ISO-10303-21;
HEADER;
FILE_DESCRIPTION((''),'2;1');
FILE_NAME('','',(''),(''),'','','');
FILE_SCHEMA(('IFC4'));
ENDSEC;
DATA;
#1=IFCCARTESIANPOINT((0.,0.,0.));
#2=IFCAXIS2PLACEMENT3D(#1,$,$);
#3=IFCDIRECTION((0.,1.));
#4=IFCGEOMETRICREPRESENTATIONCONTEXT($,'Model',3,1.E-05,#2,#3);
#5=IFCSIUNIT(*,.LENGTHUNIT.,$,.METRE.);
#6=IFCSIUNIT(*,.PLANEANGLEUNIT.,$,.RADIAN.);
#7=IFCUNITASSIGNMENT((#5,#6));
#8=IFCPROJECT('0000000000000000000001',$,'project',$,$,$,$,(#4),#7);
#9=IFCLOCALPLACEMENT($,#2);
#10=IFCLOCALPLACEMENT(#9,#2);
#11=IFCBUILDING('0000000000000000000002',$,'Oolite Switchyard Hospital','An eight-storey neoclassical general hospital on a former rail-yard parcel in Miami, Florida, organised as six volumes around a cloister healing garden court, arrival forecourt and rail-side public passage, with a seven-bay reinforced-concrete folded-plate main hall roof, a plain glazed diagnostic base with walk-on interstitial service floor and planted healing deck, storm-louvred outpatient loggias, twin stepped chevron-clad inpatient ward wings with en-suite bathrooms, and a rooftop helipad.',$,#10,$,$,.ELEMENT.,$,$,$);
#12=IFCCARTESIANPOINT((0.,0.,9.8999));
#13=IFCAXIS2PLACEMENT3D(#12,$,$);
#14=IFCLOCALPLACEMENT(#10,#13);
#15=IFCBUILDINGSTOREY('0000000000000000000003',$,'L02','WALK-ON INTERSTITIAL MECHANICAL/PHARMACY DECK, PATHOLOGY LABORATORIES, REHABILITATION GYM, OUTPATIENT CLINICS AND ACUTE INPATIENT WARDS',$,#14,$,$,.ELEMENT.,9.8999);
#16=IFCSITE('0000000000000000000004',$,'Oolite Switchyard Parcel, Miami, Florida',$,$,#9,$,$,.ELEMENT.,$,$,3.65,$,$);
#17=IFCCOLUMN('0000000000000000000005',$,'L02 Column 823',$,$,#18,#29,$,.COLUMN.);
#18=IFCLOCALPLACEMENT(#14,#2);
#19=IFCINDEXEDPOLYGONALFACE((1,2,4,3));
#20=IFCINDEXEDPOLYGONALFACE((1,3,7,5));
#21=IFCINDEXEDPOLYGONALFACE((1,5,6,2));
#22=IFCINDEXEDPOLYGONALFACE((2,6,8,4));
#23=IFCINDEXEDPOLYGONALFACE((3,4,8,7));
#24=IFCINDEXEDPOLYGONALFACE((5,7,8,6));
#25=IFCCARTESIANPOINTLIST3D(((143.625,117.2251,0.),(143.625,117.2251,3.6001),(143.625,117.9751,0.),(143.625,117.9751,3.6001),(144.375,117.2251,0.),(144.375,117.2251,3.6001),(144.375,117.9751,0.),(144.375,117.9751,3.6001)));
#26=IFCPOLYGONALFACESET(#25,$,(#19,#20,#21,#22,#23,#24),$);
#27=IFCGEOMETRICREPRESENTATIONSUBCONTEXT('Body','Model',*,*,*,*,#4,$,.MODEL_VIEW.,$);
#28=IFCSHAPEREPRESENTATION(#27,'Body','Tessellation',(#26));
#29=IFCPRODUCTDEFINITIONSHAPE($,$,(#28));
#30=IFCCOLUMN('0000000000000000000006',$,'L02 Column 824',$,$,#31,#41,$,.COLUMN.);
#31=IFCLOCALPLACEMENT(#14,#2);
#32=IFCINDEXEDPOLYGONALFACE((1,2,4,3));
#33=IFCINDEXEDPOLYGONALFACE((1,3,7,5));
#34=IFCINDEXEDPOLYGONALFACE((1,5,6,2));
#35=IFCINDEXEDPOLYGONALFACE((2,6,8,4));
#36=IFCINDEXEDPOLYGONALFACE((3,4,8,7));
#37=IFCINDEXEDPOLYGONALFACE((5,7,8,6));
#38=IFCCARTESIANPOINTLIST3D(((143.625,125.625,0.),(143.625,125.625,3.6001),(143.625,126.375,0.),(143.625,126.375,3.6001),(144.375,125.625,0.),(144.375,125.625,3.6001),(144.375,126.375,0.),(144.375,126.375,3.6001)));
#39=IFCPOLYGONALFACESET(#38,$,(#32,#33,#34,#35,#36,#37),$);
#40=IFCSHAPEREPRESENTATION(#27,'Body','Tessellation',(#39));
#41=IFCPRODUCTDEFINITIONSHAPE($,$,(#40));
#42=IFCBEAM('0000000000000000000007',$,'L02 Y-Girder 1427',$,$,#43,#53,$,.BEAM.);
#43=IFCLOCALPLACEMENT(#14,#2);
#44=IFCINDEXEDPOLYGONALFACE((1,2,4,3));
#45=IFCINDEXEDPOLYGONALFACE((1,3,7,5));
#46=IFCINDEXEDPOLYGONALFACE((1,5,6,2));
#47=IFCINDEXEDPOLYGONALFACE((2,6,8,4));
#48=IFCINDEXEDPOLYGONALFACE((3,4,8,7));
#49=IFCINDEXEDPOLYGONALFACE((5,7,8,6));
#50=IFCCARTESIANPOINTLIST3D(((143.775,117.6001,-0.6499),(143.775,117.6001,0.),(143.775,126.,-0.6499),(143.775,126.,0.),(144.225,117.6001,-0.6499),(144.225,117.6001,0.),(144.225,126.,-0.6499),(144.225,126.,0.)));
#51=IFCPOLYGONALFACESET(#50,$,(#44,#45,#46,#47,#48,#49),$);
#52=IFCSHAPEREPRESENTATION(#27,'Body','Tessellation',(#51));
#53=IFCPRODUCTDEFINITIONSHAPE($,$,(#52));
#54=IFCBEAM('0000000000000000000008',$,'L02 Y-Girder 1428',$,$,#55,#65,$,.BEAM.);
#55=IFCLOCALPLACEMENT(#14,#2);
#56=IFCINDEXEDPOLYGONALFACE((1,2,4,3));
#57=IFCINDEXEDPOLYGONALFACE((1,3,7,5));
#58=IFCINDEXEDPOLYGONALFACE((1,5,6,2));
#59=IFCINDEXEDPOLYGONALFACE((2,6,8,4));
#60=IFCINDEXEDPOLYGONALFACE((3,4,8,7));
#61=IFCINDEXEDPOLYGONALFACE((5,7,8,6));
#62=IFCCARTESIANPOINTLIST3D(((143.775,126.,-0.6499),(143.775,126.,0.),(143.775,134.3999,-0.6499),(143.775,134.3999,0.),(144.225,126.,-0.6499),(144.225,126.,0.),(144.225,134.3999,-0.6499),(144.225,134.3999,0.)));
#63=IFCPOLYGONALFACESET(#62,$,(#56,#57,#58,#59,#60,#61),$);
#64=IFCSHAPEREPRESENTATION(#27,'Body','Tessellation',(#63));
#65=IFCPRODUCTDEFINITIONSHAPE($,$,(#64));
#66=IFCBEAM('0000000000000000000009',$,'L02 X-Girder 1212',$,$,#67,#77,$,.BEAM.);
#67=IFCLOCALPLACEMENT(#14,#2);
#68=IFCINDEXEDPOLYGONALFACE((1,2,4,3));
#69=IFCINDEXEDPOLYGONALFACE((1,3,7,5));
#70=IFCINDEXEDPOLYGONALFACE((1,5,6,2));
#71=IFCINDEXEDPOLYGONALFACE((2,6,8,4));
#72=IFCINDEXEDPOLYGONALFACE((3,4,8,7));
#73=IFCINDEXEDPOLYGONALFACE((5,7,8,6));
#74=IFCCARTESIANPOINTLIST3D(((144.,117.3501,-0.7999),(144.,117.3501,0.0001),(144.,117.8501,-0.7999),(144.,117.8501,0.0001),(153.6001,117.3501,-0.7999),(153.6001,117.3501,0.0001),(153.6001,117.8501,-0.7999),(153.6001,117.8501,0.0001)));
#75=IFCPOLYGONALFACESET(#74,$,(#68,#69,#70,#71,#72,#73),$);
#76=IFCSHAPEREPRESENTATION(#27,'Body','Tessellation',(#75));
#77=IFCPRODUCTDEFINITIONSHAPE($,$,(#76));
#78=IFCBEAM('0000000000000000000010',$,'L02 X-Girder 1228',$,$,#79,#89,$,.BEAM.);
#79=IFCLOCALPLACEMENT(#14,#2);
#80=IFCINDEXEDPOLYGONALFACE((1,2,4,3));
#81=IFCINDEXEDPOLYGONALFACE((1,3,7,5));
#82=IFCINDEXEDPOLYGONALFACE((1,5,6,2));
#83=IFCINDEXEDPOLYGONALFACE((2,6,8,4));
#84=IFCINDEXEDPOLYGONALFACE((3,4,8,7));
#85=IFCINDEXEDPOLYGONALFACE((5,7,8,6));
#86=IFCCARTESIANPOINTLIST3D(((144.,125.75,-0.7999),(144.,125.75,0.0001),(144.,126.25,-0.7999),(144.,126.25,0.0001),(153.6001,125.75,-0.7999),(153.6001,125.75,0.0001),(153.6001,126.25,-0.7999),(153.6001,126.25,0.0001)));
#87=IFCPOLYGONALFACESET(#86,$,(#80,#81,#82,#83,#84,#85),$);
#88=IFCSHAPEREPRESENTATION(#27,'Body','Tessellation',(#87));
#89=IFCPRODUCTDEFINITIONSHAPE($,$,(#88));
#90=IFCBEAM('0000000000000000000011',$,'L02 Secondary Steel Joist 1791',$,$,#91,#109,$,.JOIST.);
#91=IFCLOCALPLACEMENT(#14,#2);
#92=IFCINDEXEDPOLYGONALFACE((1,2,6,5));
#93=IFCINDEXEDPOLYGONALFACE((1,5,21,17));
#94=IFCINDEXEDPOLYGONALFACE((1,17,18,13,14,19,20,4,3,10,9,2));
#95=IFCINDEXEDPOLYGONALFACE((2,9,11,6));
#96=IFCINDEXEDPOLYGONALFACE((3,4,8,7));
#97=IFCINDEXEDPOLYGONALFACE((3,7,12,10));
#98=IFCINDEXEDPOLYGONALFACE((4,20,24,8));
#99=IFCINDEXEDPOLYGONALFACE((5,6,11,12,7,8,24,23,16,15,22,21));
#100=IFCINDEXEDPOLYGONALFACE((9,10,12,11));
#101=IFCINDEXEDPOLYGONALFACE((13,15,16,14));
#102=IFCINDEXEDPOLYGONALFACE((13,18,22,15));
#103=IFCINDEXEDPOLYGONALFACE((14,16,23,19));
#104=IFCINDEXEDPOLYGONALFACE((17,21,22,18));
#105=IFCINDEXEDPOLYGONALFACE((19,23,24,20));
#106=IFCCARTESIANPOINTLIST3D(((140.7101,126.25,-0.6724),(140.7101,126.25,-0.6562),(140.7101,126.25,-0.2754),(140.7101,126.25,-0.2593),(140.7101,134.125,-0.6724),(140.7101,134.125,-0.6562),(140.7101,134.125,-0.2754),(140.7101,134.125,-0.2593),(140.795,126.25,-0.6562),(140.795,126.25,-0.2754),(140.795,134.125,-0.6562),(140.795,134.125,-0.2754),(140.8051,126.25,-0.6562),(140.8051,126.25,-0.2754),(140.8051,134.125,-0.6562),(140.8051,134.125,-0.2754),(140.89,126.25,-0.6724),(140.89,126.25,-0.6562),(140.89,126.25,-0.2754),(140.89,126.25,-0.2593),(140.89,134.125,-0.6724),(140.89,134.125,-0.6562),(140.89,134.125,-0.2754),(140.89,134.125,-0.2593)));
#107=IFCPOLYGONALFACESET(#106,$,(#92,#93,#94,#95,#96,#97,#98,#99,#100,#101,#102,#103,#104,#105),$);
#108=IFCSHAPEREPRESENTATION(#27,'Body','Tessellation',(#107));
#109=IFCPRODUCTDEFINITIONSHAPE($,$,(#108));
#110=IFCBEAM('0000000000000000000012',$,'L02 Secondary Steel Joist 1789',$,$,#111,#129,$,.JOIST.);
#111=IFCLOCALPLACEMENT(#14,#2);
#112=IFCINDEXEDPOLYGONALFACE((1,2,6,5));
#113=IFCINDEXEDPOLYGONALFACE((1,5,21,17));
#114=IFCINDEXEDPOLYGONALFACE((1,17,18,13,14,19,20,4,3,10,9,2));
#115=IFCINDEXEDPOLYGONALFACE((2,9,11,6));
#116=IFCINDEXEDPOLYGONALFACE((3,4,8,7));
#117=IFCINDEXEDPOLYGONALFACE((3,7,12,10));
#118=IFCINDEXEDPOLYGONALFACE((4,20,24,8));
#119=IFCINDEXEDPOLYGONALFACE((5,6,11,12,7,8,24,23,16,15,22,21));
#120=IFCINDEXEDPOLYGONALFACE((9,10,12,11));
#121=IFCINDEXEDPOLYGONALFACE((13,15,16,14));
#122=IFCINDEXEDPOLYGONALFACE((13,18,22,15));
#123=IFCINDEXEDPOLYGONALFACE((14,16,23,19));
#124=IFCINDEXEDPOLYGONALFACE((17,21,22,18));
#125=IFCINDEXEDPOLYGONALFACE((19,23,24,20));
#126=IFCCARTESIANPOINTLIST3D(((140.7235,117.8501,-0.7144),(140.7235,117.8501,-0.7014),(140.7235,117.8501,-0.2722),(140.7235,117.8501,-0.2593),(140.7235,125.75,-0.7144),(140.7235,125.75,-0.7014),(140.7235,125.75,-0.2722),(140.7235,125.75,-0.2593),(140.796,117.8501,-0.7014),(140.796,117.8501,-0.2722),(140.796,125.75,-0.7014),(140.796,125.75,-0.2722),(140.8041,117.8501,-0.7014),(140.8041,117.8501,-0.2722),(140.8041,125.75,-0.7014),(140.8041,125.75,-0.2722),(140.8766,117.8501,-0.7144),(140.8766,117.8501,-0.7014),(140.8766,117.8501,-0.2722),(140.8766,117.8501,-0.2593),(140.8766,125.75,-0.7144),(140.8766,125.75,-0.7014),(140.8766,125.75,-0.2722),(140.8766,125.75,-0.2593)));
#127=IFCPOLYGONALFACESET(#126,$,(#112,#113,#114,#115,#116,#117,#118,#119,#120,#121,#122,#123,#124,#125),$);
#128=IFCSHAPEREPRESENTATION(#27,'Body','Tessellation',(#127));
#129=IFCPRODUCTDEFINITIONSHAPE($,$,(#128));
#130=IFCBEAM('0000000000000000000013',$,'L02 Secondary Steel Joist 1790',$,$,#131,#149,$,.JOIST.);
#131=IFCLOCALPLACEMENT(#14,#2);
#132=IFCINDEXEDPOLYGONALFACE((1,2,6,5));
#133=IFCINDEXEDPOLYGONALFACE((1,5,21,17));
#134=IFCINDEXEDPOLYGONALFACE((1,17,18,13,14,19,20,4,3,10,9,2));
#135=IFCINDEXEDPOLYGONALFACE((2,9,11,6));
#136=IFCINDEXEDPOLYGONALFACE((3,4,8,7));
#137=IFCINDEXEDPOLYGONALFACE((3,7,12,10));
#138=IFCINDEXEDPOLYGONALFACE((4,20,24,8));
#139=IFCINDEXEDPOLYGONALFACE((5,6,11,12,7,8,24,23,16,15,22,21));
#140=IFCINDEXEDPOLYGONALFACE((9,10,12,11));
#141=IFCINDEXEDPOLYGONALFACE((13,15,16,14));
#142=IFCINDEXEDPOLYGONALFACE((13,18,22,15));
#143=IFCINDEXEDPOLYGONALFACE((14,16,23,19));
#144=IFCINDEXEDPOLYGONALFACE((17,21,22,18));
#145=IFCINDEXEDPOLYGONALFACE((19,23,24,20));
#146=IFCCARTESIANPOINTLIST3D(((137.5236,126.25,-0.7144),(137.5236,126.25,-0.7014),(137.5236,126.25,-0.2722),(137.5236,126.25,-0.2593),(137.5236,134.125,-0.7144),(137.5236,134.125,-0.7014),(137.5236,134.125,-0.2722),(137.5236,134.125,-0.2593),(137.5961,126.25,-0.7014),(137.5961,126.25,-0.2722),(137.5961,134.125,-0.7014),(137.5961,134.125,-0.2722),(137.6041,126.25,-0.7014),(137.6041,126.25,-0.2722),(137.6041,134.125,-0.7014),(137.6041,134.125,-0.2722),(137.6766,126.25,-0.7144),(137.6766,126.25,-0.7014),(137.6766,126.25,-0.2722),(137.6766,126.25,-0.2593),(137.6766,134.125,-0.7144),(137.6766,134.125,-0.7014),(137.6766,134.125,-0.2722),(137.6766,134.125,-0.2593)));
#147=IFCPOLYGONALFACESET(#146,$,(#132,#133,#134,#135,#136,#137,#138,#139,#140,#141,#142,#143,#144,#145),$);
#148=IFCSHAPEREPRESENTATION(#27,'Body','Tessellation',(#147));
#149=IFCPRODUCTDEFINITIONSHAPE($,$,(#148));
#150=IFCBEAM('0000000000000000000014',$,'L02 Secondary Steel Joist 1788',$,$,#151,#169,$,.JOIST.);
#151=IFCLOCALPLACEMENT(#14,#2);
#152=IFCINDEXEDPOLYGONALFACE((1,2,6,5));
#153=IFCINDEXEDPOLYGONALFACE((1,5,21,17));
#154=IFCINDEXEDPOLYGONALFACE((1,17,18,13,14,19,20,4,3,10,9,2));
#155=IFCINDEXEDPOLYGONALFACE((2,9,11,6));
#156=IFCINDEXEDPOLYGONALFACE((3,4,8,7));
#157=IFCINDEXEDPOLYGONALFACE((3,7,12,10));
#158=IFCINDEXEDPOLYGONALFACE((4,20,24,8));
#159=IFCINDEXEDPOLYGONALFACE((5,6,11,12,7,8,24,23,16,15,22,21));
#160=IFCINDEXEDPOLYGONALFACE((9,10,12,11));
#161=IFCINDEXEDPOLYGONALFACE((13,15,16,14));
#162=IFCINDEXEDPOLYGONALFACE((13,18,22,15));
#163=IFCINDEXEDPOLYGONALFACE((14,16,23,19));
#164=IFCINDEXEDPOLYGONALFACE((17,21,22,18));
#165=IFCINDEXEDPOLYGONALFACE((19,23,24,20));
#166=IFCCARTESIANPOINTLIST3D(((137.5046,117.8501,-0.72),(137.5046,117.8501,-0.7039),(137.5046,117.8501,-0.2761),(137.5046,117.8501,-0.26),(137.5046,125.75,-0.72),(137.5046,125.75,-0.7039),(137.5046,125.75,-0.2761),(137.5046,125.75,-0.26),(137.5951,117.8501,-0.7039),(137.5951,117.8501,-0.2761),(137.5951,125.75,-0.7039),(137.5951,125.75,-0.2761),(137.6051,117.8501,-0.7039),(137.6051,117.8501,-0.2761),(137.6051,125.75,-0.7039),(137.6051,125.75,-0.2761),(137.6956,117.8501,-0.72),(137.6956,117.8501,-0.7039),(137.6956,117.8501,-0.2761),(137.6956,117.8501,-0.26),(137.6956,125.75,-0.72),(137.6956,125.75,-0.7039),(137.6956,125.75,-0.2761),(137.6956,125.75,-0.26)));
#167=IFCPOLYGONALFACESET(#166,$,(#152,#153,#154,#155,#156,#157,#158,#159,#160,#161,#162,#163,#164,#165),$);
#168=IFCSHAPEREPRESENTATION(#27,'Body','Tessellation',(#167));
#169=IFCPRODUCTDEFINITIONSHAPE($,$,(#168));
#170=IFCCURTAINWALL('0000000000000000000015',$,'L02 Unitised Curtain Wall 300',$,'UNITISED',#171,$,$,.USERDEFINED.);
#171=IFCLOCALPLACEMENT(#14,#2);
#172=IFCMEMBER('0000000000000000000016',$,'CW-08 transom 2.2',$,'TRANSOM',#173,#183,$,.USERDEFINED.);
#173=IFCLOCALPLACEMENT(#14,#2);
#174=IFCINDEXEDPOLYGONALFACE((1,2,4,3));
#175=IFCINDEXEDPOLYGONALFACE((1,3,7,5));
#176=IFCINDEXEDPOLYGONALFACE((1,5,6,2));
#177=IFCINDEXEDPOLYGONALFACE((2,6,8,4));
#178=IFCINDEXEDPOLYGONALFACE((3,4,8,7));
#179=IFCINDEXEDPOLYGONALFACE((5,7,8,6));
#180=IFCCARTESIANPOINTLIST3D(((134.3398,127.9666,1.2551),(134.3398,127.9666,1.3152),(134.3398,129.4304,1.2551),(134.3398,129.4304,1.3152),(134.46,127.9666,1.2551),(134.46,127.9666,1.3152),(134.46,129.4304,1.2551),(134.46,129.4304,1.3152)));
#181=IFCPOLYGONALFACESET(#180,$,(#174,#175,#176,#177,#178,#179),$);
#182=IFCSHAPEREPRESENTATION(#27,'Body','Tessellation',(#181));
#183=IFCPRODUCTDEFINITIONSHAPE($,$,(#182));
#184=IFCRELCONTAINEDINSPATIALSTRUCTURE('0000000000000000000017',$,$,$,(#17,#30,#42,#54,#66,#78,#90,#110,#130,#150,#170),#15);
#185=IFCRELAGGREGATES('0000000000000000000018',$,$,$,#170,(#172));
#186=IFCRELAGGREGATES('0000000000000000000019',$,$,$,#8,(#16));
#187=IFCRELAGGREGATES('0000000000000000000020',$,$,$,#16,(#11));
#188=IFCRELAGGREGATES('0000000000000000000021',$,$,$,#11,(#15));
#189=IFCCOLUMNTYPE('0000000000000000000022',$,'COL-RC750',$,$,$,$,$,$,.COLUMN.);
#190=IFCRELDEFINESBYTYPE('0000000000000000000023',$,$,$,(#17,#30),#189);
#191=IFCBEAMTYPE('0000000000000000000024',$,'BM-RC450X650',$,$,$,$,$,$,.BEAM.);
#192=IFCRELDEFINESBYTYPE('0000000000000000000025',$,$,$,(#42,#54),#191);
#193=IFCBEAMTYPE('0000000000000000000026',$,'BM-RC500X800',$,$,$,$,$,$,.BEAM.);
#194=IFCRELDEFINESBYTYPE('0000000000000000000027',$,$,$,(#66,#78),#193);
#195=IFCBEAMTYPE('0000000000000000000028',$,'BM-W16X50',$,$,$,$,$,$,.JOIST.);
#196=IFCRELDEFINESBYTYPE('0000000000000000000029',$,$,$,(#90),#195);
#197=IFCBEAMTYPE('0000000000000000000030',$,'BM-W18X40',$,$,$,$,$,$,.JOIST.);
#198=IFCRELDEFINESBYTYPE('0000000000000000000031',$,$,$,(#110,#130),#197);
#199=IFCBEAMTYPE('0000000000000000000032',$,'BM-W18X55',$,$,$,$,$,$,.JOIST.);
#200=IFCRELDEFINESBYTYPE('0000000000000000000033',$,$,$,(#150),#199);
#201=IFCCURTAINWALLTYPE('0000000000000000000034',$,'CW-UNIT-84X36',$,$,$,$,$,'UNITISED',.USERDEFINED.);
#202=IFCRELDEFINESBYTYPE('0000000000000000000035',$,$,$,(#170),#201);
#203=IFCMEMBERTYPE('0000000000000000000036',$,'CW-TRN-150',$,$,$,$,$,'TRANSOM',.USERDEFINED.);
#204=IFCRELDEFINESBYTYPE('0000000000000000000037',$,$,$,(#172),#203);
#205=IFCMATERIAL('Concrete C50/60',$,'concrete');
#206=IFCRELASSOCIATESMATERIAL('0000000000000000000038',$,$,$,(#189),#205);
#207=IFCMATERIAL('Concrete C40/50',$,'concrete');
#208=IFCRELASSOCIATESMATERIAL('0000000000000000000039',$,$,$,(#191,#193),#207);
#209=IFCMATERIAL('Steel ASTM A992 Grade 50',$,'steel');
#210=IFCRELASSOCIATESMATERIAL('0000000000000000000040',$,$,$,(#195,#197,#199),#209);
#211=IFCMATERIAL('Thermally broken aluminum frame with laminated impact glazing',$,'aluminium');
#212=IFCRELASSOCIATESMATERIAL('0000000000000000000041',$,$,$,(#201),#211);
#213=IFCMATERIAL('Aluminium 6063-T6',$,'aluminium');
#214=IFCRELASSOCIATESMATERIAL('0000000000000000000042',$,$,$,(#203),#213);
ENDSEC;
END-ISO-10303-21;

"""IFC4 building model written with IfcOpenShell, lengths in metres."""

from ifc_helpers import new_model, si_unit, direction, frame, origin, origin_2d, place, context, subcontext, project, spatial, rectangle, i_section, extrude, material, material_profile, profile_set, type_object, element, aggregate, save


model = new_model("IFC4")

# Units and contexts
model_context = context("Model", 3, precision=1e-05, world=origin(), true_north=direction((0.0, 1.0)))
body_context = subcontext(model_context, "Body", "Model", "MODEL_VIEW")
ifc_project = project(units=[si_unit("LENGTHUNIT", "METRE"), si_unit("PLANEANGLEUNIT", "RADIAN")], contexts=[model_context])

# Site, building, storey
site_placement = place(None, origin())
site = spatial("IfcSite", under=ifc_project, at=site_placement, Name="Oolite Switchyard Parcel, Miami, Florida", CompositionType="ELEMENT", RefElevation=3.65)
building_placement = place(site_placement, origin())
building = spatial("IfcBuilding", under=site, at=building_placement, Name="Oolite Switchyard Hospital", Description="An eight-storey neoclassical general hospital on a former rail-yard parcel in Miami, Florida, organised as six volumes around a cloister healing garden court, arrival forecourt and rail-side public passage, with a seven-bay reinforced-concrete folded-plate main hall roof, a plain glazed diagnostic base with walk-on interstitial service floor and planted healing deck, storm-louvred outpatient loggias, twin stepped chevron-clad inpatient ward wings with en-suite bathrooms, and a rooftop helipad.", CompositionType="ELEMENT")
storey_placement = place(building_placement, frame((0.0, 0.0, 9.8999)))
storey = spatial("IfcBuildingStorey", under=building, at=storey_placement, Name="L02", Description="WALK-ON INTERSTITIAL MECHANICAL/PHARMACY DECK, PATHOLOGY LABORATORIES, REHABILITATION GYM, OUTPATIENT CLINICS AND ACUTE INPATIENT WARDS", CompositionType="ELEMENT", Elevation=9.8999)

# Columns
ifc_material_1 = material(Name="Concrete C50/60", Category="concrete")
ifc_material_profile_1 = material_profile(ifc_material_1, rectangle(XDim=0.75, YDim=0.75, at=origin_2d()), Name="RC750X750")
ifc_profile_set_1 = profile_set([ifc_material_profile_1], Name="Concrete C50/60")
column_type = type_object("IfcColumnType", Name="COL-RC750", PredefinedType="COLUMN", material=ifc_profile_set_1)
for number, where, z_axis, x_axis, name in (
    (1, (144.0, 117.6001, 0.0), (0.0, 0.0, 1.0), (1.0, 0.0, 0.0), "L02 Column 823"),
    (2, (144.0, 126.0, 0.0), (0.0, 0.0, 1.0), (1.0, 0.0, 0.0), "L02 Column 824"),
):
    element("IfcColumn", number, at=place(storey_placement, frame(where, z_axis=z_axis, x_axis=x_axis)), inside=storey, type_object=column_type, Name=name, PredefinedType="COLUMN", context=body_context, shape_type="SweptSolid", body=[
        extrude(rectangle(XDim=0.75, YDim=0.75, at=origin_2d()), origin(), (0.0, 0.0, 1.0), 3.6001),
    ])

# Beams
ifc_material_2 = material(Name="Concrete C40/50", Category="concrete")
ifc_material_profile_2 = material_profile(ifc_material_2, rectangle(XDim=0.45, YDim=0.6499, at=origin_2d()), Name="RCB450X650")
ifc_profile_set_2 = profile_set([ifc_material_profile_2], Name="Concrete C40/50")
beam_type_1 = type_object("IfcBeamType", Name="BM-RC450X650", PredefinedType="BEAM", material=ifc_profile_set_2)
for number, where, z_axis, x_axis, name in (
    (3, (144.0, 117.6001, -0.325), (0.0, 1.0, 0.0), (-1.0, 0.0, 0.0), "L02 Y-Girder 1427"),
    (4, (144.0, 126.0, -0.325), (0.0, 1.0, 0.0), (-1.0, 0.0, 0.0), "L02 Y-Girder 1428"),
):
    element("IfcBeam", number, at=place(storey_placement, frame(where, z_axis=z_axis, x_axis=x_axis)), inside=storey, type_object=beam_type_1, Name=name, PredefinedType="BEAM", context=body_context, shape_type="SweptSolid", body=[
        extrude(rectangle(XDim=0.45, YDim=0.6499, at=origin_2d()), origin(), (0.0, 0.0, 1.0), 8.3999),
    ])
ifc_material_profile_3 = material_profile(ifc_material_2, rectangle(XDim=0.5, YDim=0.8, at=origin_2d()), Name="RCB500X800")
ifc_profile_set_3 = profile_set([ifc_material_profile_3], Name="Concrete C40/50")
beam_type_2 = type_object("IfcBeamType", Name="BM-RC500X800", PredefinedType="BEAM", material=ifc_profile_set_3)
for number, where, z_axis, x_axis, name in (
    (5, (144.0, 117.6001, -0.3999), (1.0, 0.0, 0.0), (0.0, 1.0, 0.0), "L02 X-Girder 1212"),
    (6, (144.0, 126.0, -0.3999), (1.0, 0.0, 0.0), (0.0, 1.0, 0.0), "L02 X-Girder 1228"),
):
    element("IfcBeam", number, at=place(storey_placement, frame(where, z_axis=z_axis, x_axis=x_axis)), inside=storey, type_object=beam_type_2, Name=name, PredefinedType="BEAM", context=body_context, shape_type="SweptSolid", body=[
        extrude(rectangle(XDim=0.5, YDim=0.8, at=origin_2d()), origin(), (0.0, 0.0, 1.0), 9.6001),
    ])
ifc_material_3 = material(Name="Steel ASTM A992 Grade 50", Category="steel")
ifc_material_profile_4 = material_profile(ifc_material_3, i_section(OverallWidth=0.1799, OverallDepth=0.4131, WebThickness=0.01, FlangeThickness=0.0161, at=origin_2d()), Name="W16X50")
ifc_profile_set_4 = profile_set([ifc_material_profile_4], Name="Steel ASTM A992 Grade 50")
beam_type_3 = type_object("IfcBeamType", Name="BM-W16X50", PredefinedType="JOIST", material=ifc_profile_set_4)
beam_1_placement = place(storey_placement, frame((140.8, 126.25, -0.4658), z_axis=(0.0, 1.0, 0.0), x_axis=(-1.0, 0.0, 0.0)))
element("IfcBeam", 7, at=beam_1_placement, inside=storey, type_object=beam_type_3, Name="L02 Secondary Steel Joist 1791", PredefinedType="JOIST", context=body_context, shape_type="SweptSolid", body=[
    extrude(i_section(OverallWidth=0.1799, OverallDepth=0.4131, WebThickness=0.01, FlangeThickness=0.0161, at=origin_2d()), origin(), (0.0, 0.0, 1.0), 7.875),
])
ifc_material_profile_5 = material_profile(ifc_material_3, i_section(OverallWidth=0.1531, OverallDepth=0.4551, WebThickness=0.0081, FlangeThickness=0.0129, at=origin_2d()), Name="W18X40")
ifc_profile_set_5 = profile_set([ifc_material_profile_5], Name="Steel ASTM A992 Grade 50")
beam_type_4 = type_object("IfcBeamType", Name="BM-W18X40", PredefinedType="JOIST", material=ifc_profile_set_5)
beam_2_placement = place(storey_placement, frame((140.8, 117.8501, -0.4868), z_axis=(0.0, 1.0, 0.0), x_axis=(-1.0, 0.0, 0.0)))
element("IfcBeam", 8, at=beam_2_placement, inside=storey, type_object=beam_type_4, Name="L02 Secondary Steel Joist 1789", PredefinedType="JOIST", context=body_context, shape_type="SweptSolid", body=[
    extrude(i_section(OverallWidth=0.1531, OverallDepth=0.4551, WebThickness=0.0081, FlangeThickness=0.0129, at=origin_2d()), origin(), (0.0, 0.0, 1.0), 7.8999),
])
beam_3_placement = place(storey_placement, frame((137.6001, 126.25, -0.4868), z_axis=(0.0, 1.0, 0.0), x_axis=(-1.0, 0.0, 0.0)))
element("IfcBeam", 9, at=beam_3_placement, inside=storey, type_object=beam_type_4, Name="L02 Secondary Steel Joist 1790", PredefinedType="JOIST", context=body_context, shape_type="SweptSolid", body=[
    extrude(i_section(OverallWidth=0.1531, OverallDepth=0.4551, WebThickness=0.0081, FlangeThickness=0.0129, at=origin_2d()), origin(), (0.0, 0.0, 1.0), 7.875),
])
ifc_material_profile_6 = material_profile(ifc_material_3, i_section(OverallWidth=0.1909, OverallDepth=0.46, WebThickness=0.01, FlangeThickness=0.0161, at=origin_2d()), Name="W18X55")
ifc_profile_set_6 = profile_set([ifc_material_profile_6], Name="Steel ASTM A992 Grade 50")
beam_type_5 = type_object("IfcBeamType", Name="BM-W18X55", PredefinedType="JOIST", material=ifc_profile_set_6)
beam_4_placement = place(storey_placement, frame((137.6001, 117.8501, -0.49), z_axis=(0.0, 1.0, 0.0), x_axis=(-1.0, 0.0, 0.0)))
element("IfcBeam", 10, at=beam_4_placement, inside=storey, type_object=beam_type_5, Name="L02 Secondary Steel Joist 1788", PredefinedType="JOIST", context=body_context, shape_type="SweptSolid", body=[
    extrude(i_section(OverallWidth=0.1909, OverallDepth=0.46, WebThickness=0.01, FlangeThickness=0.0161, at=origin_2d()), origin(), (0.0, 0.0, 1.0), 7.8999),
])

# Curtain wall, member
ifc_material_4 = material(Name="Thermally broken aluminum frame with laminated impact glazing", Category="aluminium")
curtain_wall_type = type_object("IfcCurtainWallType", Name="CW-UNIT-84X36", ElementType="UNITISED", PredefinedType="USERDEFINED", material=ifc_material_4)
curtain_wall_placement = place(storey_placement, origin())
curtain_wall = element("IfcCurtainWall", 11, at=curtain_wall_placement, inside=storey, type_object=curtain_wall_type, Name="L02 Unitised Curtain Wall 300", ObjectType="UNITISED", PredefinedType="USERDEFINED")
ifc_material_5 = material(Name="Aluminium 6063-T6", Category="aluminium")
ifc_material_profile_7 = material_profile(ifc_material_5, rectangle(XDim=0.1201, YDim=0.0601, at=origin_2d()), Name="CWT60X120")
ifc_profile_set_7 = profile_set([ifc_material_profile_7], Name="Aluminium 6063-T6")
member_type = type_object("IfcMemberType", Name="CW-TRN-150", ElementType="TRANSOM", PredefinedType="USERDEFINED", material=ifc_profile_set_7)
member_1_placement = place(storey_placement, frame((134.3999, 127.9666, 1.2852), z_axis=(0.0, 1.0, 0.0), x_axis=(-1.0, 0.0, 0.0)))
member_1 = element("IfcMember", 12, at=member_1_placement, type_object=member_type, Name="CW-08 transom 2.2", ObjectType="TRANSOM", PredefinedType="USERDEFINED", context=body_context, shape_type="SweptSolid", body=[
    extrude(rectangle(XDim=0.1201, YDim=0.0601, at=origin_2d()), origin(), (0.0, 0.0, 1.0), 1.4639),
])
aggregate(curtain_wall, [member_1])

save(model, "model.ifc")
